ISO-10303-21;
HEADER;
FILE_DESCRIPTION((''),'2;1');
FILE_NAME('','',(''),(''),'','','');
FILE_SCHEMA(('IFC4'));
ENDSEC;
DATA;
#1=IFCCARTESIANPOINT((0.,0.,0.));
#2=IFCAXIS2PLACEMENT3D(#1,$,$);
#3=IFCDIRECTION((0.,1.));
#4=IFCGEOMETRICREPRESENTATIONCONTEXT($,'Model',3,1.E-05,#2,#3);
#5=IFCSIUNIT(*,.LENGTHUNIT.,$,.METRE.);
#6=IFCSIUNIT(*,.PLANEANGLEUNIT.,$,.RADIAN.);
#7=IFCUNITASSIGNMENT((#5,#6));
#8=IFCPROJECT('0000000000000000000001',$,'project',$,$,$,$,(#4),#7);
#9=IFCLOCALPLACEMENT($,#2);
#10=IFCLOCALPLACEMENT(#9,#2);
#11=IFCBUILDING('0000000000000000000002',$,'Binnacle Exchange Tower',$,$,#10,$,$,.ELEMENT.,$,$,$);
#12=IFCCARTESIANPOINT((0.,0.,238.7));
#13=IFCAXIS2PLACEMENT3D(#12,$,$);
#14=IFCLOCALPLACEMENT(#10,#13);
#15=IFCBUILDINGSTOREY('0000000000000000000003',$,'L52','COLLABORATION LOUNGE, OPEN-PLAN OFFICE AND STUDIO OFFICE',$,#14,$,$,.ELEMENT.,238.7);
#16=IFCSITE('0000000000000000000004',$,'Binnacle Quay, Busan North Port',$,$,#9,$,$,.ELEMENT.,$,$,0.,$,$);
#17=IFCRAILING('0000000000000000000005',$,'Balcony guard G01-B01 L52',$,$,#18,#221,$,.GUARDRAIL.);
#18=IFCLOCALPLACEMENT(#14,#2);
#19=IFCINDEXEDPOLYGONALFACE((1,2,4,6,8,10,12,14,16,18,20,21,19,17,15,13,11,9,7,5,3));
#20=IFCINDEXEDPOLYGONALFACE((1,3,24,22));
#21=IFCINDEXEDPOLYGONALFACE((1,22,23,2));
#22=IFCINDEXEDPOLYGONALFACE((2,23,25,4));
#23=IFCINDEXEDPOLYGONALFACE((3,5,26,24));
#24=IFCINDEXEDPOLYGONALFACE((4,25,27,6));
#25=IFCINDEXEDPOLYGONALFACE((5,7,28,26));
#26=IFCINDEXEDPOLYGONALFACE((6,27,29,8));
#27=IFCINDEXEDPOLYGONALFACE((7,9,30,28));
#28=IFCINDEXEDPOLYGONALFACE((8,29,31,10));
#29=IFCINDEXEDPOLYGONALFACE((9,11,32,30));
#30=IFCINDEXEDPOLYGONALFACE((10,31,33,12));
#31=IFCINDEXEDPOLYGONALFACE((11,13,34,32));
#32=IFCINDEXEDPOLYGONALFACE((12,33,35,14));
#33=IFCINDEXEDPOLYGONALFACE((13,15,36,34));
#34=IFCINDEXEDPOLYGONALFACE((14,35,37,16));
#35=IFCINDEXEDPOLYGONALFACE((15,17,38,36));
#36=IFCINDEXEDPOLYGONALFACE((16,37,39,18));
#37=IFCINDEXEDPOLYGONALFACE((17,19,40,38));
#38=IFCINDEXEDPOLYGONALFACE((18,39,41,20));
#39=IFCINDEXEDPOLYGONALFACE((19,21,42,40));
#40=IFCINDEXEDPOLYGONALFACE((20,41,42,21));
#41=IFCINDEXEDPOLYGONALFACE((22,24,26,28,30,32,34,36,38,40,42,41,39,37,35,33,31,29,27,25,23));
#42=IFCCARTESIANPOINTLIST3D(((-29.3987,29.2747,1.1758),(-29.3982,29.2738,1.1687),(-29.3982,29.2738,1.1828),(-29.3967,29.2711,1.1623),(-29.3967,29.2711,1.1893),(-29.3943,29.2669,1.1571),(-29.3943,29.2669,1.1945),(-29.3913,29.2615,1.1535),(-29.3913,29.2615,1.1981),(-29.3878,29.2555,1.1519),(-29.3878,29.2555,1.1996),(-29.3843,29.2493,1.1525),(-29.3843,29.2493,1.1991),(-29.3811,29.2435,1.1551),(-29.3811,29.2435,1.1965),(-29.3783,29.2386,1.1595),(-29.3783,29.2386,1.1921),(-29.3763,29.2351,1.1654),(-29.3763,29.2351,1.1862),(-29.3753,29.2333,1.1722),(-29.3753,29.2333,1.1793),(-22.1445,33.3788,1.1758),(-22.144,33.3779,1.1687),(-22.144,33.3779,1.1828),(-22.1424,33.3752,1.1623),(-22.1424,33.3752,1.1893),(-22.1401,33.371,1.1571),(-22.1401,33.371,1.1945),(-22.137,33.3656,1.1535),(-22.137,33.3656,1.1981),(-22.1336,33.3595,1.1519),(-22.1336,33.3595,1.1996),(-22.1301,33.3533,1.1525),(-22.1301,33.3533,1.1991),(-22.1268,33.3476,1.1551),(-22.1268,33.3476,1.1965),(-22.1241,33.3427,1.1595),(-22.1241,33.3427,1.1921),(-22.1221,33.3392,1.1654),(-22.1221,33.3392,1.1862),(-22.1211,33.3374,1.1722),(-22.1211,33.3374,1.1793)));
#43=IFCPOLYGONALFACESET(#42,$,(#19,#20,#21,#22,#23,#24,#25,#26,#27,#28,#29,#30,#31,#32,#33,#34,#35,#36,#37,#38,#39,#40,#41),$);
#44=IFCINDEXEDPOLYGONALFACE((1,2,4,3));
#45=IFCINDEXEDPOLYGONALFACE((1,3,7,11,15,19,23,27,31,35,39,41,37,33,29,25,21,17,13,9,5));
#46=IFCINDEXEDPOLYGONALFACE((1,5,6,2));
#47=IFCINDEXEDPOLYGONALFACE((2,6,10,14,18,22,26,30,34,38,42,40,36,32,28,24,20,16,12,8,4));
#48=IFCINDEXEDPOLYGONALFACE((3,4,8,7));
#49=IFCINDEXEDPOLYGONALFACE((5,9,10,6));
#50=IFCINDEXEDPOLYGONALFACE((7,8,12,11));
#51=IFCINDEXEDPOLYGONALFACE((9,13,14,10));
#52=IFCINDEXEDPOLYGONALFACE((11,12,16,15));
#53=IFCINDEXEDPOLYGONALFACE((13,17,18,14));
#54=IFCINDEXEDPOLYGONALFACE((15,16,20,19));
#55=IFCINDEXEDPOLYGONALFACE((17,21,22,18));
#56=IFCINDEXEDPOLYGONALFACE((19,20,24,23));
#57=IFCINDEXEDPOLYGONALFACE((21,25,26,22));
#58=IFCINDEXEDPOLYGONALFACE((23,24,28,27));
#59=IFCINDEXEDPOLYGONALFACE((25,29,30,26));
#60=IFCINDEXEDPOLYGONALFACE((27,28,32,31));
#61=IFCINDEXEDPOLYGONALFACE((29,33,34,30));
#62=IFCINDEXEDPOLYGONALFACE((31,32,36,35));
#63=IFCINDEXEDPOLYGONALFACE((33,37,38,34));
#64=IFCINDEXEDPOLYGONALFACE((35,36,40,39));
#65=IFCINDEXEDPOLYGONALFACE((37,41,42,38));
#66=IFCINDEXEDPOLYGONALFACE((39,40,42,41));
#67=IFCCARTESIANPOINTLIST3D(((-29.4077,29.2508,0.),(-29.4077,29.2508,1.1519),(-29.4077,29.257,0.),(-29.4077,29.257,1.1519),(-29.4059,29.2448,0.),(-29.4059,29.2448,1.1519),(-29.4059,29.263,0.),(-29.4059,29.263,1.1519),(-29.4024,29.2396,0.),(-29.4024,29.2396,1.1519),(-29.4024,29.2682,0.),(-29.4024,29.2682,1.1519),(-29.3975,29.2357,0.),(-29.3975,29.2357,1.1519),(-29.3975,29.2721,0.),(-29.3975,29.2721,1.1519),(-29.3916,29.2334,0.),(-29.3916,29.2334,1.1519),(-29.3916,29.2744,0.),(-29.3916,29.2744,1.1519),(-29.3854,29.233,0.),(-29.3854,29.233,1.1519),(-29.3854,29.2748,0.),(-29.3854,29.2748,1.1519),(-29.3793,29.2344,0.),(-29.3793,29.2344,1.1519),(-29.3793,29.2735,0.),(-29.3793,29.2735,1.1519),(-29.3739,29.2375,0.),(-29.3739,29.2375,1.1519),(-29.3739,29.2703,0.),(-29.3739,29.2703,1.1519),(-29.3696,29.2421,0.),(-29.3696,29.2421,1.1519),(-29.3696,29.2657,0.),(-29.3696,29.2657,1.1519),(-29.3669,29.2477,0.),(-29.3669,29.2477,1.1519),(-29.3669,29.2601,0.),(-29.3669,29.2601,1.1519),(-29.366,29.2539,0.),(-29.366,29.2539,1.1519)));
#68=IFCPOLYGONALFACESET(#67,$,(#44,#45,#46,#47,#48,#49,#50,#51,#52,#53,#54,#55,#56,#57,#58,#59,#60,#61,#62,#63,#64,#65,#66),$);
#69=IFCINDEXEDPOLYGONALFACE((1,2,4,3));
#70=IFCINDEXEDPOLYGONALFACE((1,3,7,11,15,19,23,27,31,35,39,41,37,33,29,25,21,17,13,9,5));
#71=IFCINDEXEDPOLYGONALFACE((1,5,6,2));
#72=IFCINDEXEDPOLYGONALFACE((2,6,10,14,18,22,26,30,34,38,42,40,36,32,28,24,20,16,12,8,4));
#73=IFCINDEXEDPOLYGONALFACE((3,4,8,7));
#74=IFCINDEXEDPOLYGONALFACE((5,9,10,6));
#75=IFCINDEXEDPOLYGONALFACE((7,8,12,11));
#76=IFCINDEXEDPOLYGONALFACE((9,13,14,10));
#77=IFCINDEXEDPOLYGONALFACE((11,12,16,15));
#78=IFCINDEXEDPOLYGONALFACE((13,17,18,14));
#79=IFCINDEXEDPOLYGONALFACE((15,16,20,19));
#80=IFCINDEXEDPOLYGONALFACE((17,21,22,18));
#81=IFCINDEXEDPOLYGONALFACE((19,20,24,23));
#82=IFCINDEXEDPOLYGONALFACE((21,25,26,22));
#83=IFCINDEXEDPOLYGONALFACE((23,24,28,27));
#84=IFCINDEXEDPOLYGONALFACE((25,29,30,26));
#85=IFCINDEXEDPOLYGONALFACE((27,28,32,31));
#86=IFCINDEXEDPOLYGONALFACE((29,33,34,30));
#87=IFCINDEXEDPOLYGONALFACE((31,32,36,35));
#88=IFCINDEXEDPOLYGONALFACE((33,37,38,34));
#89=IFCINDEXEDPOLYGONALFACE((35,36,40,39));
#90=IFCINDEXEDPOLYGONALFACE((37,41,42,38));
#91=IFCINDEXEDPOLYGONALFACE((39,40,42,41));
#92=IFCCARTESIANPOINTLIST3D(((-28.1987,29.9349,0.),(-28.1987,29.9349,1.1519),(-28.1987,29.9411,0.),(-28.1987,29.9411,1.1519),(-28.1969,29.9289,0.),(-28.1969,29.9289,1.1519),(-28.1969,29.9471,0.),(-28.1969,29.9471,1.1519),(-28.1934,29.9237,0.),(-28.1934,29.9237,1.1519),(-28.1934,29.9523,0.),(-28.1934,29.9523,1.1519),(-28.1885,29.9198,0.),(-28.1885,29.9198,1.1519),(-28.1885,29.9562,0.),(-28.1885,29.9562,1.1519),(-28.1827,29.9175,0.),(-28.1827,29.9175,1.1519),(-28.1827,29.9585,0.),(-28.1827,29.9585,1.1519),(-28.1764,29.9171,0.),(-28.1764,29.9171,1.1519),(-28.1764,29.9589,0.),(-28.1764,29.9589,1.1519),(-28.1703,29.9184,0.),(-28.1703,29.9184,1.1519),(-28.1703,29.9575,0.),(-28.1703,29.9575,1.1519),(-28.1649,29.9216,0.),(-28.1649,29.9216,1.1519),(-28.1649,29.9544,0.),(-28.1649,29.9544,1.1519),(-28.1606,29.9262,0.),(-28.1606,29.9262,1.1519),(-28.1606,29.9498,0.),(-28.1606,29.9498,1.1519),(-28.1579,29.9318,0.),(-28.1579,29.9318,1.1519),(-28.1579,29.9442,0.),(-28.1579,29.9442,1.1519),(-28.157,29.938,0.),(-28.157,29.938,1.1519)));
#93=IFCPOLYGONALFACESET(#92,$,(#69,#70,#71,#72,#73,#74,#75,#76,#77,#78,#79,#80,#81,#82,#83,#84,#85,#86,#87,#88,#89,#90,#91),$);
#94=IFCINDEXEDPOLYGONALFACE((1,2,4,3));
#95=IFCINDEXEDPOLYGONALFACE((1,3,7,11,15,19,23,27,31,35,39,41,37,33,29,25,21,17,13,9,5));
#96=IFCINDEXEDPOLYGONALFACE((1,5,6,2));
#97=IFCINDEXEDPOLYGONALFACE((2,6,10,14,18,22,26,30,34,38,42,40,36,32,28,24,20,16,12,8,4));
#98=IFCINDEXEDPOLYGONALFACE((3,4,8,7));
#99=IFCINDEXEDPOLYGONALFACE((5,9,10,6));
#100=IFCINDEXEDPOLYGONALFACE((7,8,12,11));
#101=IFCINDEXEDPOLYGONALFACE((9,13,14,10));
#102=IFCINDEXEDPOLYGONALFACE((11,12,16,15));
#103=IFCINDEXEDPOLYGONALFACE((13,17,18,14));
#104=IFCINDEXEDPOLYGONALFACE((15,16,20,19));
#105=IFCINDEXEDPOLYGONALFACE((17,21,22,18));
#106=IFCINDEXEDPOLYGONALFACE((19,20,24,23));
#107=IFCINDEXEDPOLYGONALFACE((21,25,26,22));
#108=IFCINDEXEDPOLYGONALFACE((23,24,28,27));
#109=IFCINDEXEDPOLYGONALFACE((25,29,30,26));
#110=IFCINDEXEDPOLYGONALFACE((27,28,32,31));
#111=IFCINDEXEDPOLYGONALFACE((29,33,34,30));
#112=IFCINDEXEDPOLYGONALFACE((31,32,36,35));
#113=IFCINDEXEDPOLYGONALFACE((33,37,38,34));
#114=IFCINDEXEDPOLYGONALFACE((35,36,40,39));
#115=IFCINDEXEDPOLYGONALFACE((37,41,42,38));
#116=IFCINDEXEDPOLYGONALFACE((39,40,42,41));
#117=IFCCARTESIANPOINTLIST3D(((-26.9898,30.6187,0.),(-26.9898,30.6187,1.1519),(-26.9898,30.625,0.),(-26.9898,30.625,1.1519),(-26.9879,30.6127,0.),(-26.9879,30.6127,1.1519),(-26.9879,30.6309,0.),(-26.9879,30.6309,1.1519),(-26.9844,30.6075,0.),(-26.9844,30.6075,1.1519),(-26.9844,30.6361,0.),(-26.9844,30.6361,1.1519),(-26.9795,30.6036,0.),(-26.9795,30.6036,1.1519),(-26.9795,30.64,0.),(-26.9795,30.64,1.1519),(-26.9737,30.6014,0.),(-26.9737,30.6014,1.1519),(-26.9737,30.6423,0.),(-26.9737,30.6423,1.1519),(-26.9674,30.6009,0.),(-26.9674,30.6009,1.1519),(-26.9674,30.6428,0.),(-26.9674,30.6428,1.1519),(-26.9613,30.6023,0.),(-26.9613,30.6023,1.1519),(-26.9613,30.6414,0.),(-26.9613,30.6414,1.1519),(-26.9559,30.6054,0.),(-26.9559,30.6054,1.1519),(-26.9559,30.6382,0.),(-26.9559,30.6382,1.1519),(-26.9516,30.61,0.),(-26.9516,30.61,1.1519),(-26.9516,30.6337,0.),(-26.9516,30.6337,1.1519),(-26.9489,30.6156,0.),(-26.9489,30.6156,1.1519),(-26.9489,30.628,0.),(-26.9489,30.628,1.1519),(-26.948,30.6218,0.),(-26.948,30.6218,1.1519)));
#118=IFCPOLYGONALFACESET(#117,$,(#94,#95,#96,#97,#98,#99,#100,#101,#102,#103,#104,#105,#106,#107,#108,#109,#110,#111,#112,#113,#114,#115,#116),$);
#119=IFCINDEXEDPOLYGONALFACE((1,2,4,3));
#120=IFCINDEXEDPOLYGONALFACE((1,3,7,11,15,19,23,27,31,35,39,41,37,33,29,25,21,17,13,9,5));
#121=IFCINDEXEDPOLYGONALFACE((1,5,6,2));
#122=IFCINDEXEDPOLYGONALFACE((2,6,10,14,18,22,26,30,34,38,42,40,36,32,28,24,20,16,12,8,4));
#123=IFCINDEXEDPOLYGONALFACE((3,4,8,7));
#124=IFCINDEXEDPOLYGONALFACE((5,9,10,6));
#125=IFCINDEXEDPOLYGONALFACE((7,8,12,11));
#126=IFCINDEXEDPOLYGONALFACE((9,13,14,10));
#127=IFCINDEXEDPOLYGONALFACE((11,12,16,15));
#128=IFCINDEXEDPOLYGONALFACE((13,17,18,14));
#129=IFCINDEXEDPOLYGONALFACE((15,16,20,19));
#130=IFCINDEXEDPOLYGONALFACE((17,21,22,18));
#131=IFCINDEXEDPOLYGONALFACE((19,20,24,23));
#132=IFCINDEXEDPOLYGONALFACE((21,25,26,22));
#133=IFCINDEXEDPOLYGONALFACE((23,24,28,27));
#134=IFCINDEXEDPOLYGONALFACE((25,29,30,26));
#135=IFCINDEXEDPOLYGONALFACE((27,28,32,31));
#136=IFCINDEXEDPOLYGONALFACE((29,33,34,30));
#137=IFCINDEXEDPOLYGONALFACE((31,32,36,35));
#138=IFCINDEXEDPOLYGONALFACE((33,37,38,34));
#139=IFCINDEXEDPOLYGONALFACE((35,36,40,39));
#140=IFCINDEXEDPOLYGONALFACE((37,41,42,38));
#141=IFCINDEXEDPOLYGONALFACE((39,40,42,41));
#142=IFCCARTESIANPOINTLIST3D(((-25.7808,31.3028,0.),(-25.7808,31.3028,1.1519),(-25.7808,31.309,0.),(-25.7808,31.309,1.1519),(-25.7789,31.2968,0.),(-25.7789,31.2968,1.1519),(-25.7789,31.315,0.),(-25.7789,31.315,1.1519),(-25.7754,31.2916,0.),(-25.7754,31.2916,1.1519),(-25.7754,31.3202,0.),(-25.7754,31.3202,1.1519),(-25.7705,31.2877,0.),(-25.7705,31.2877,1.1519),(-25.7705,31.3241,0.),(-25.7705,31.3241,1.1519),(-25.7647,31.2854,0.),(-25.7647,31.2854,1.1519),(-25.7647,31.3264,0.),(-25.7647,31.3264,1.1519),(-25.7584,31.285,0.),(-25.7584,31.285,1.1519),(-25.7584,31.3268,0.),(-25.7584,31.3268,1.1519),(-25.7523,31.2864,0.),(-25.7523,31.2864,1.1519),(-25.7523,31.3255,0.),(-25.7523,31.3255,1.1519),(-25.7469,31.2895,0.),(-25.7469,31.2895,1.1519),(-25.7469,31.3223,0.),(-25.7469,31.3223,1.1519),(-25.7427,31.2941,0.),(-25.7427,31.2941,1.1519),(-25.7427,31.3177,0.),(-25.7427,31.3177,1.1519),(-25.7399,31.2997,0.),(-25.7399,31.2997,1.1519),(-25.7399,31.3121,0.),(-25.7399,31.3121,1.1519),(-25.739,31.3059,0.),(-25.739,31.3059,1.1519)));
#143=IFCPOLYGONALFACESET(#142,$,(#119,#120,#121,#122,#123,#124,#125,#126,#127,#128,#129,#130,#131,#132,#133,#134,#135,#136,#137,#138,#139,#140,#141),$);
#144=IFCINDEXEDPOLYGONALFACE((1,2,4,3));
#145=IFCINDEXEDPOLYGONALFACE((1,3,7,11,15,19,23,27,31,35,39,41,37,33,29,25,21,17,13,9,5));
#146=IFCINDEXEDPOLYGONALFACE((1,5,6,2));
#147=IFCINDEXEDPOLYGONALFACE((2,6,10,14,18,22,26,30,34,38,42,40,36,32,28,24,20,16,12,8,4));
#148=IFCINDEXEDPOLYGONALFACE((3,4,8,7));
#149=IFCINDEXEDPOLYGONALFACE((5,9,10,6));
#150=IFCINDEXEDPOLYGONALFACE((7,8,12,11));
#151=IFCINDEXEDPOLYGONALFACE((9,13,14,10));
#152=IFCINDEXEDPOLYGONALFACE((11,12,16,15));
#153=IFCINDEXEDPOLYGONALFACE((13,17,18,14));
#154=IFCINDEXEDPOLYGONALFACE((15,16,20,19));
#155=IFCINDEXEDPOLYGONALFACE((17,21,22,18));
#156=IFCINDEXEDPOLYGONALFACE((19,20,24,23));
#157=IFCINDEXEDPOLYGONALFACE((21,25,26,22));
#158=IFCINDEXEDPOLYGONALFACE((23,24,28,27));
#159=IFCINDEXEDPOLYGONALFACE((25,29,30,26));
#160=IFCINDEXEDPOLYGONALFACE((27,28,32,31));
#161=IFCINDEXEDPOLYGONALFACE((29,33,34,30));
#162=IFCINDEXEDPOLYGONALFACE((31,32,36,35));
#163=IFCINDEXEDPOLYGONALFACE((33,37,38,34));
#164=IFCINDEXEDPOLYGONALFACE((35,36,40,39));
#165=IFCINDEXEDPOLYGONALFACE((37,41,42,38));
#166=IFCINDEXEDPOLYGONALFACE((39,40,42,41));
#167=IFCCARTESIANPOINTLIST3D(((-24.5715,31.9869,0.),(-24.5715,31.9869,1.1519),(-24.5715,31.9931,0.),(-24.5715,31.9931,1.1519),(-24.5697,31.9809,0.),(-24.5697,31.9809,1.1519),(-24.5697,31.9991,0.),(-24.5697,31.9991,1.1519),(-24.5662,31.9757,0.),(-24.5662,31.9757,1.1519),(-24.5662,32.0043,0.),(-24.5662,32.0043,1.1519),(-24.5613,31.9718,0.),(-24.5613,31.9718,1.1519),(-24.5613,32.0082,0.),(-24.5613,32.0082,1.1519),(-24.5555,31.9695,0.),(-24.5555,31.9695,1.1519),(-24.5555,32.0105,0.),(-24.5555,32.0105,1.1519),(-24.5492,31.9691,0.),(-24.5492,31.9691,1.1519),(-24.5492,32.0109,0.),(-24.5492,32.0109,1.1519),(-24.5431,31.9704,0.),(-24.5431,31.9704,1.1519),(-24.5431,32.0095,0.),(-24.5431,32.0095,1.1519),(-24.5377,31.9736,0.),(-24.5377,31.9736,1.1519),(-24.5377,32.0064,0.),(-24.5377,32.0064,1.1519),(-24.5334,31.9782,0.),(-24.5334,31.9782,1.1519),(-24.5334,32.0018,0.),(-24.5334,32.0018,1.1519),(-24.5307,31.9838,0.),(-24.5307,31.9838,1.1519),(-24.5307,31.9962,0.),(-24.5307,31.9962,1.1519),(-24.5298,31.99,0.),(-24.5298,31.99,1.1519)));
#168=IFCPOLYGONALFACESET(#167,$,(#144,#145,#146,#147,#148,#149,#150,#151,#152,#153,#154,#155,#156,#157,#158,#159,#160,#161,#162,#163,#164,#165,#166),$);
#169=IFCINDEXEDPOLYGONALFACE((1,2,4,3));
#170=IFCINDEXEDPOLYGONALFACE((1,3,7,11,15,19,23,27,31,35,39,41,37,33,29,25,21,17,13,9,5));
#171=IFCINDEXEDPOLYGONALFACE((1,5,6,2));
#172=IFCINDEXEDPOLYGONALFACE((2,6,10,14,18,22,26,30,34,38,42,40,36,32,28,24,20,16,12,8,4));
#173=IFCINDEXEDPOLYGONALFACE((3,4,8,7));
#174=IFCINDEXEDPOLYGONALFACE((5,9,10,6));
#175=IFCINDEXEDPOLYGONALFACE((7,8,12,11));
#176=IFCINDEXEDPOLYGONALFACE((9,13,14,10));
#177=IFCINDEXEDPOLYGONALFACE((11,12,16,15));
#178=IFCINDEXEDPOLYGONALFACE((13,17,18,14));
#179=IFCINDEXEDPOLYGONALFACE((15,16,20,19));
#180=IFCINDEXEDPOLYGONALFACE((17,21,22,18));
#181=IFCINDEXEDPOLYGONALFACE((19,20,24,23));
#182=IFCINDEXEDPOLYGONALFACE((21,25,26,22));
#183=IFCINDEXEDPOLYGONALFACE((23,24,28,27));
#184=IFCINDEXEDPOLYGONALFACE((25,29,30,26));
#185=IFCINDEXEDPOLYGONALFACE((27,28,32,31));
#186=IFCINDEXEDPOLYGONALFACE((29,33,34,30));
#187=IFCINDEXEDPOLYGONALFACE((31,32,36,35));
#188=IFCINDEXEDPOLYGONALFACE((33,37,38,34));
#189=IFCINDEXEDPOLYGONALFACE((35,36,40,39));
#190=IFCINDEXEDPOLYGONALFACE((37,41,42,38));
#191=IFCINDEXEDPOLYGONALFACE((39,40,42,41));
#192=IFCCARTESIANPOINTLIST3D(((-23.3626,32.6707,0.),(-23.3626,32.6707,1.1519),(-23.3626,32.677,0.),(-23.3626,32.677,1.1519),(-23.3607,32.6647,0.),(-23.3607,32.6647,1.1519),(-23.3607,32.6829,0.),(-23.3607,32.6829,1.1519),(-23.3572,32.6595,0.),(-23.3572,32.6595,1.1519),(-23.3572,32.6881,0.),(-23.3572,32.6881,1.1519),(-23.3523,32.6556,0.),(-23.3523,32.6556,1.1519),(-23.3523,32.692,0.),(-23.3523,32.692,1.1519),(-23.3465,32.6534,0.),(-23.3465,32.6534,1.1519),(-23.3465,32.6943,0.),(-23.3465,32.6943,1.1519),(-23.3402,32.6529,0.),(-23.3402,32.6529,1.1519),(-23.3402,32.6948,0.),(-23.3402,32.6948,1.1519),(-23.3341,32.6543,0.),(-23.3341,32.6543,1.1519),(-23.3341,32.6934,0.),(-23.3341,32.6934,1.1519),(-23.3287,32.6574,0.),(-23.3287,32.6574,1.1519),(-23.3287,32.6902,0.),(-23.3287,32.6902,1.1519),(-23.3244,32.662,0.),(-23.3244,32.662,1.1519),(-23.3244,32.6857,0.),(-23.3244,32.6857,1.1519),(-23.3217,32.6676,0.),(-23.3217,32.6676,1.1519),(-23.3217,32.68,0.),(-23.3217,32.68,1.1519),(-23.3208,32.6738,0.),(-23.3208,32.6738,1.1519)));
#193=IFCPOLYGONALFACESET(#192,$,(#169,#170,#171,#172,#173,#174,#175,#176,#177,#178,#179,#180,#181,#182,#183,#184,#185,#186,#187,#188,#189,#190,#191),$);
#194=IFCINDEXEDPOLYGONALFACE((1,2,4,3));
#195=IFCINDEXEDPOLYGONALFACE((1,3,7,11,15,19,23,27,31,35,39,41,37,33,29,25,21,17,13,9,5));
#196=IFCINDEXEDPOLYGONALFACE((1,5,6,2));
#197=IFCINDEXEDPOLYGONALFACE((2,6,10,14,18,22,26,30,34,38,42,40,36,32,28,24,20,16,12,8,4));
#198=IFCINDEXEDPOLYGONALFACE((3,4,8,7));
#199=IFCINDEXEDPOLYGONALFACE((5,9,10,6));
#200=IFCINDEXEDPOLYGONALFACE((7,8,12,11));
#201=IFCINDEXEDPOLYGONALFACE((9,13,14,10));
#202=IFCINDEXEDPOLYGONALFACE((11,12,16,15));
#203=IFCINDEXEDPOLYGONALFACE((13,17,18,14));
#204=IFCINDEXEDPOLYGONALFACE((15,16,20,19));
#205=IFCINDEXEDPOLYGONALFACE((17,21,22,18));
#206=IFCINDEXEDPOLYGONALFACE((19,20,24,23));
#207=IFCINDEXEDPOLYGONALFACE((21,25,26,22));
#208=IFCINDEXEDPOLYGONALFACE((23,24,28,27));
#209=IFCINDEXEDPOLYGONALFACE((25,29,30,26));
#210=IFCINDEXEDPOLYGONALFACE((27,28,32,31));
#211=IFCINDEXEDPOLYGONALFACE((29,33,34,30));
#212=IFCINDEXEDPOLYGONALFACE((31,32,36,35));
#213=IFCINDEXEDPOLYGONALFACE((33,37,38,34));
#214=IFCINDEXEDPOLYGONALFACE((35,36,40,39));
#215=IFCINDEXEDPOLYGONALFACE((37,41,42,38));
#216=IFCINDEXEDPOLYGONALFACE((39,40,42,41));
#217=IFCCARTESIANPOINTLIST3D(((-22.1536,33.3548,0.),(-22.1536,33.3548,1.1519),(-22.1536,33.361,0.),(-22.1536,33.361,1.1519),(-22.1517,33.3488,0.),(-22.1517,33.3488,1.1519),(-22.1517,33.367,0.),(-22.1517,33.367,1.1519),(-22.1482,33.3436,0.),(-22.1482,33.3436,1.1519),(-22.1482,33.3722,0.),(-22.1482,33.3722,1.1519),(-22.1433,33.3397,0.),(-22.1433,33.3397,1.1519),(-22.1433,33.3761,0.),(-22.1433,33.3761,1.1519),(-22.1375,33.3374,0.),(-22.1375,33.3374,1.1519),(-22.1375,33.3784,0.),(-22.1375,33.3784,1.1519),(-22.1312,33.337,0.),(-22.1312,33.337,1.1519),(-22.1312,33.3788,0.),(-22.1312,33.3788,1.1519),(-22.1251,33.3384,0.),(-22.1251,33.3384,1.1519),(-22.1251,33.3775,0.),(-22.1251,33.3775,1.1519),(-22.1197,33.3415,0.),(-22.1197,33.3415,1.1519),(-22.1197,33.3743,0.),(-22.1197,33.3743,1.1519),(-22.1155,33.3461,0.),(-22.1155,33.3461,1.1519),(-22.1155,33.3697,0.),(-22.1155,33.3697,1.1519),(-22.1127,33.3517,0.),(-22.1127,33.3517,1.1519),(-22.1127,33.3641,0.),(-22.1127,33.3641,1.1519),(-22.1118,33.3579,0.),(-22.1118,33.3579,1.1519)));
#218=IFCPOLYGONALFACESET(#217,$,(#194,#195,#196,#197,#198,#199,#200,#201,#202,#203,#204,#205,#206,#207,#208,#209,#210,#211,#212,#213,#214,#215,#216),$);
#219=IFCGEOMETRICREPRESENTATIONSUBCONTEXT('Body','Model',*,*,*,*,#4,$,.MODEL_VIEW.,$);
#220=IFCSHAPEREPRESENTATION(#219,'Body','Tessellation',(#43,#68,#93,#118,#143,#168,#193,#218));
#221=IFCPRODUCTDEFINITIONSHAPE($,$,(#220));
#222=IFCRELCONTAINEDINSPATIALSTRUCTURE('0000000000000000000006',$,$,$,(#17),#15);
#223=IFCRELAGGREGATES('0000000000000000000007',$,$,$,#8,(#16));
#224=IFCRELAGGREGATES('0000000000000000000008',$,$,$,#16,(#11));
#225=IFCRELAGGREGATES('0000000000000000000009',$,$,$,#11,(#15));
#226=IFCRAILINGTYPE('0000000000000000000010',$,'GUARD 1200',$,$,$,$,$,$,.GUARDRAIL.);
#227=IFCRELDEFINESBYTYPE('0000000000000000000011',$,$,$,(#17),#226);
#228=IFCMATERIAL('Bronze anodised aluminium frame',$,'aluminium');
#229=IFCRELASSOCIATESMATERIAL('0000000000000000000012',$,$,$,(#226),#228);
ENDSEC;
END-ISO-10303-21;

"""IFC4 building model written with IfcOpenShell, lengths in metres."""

from ifc_helpers import new_model, si_unit, direction, frame, origin, origin_2d, place, context, subcontext, project, spatial, circle, extrude, material, type_object, element, save


model = new_model("IFC4")

# Units and contexts
model_context = context("Model", 3, precision=1e-05, world=origin(), true_north=direction((0.0, 1.0)))
body_context = subcontext(model_context, "Body", "Model", "MODEL_VIEW")
ifc_project = project(units=[si_unit("LENGTHUNIT", "METRE"), si_unit("PLANEANGLEUNIT", "RADIAN")], contexts=[model_context])

# Site, building, storey
site_placement = place(None, origin())
site = spatial("IfcSite", under=ifc_project, at=site_placement, Name="Binnacle Quay, Busan North Port", CompositionType="ELEMENT", RefElevation=0.0)
building_placement = place(site_placement, origin())
building = spatial("IfcBuilding", under=site, at=building_placement, Name="Binnacle Exchange Tower", CompositionType="ELEMENT")
storey_placement = place(building_placement, frame((0.0, 0.0, 238.7)))
storey = spatial("IfcBuildingStorey", under=building, at=storey_placement, Name="L52", Description="COLLABORATION LOUNGE, OPEN-PLAN OFFICE AND STUDIO OFFICE", CompositionType="ELEMENT", Elevation=238.7)

# Railing
ifc_material_1 = material(Name="Bronze anodised aluminium frame", Category="aluminium")
railing_type_1 = type_object("IfcRailingType", Name="GUARD 1200", PredefinedType="GUARDRAIL", material=ifc_material_1)
railing_1_placement = place(storey_placement, frame((-29.387, 29.2539, 0.0)))
element("IfcRailing", 1, at=railing_1_placement, inside=storey, type_object=railing_type_1, Name="Balcony guard G01-B01 L52", PredefinedType="GUARDRAIL", context=body_context, shape_type="SweptSolid", body=[
    extrude(circle(Radius=0.0239, at=origin_2d()), frame((0.0, 0.0, 1.1758), z_axis=(0.870366, 0.492406, 0.0), x_axis=(-0.492406, 0.870366, 0.0)), (0.0, 0.0, 1.0), 8.3347),
    extrude(circle(Radius=0.021, at=origin_2d()), origin(), (0.0, 0.0, 1.0), 1.1519),
    extrude(circle(Radius=0.021, at=origin_2d()), frame((1.209, 0.6841, 0.0)), (0.0, 0.0, 1.0), 1.1519),
    extrude(circle(Radius=0.021, at=origin_2d()), frame((2.418, 1.3679, 0.0)), (0.0, 0.0, 1.0), 1.1519),
    extrude(circle(Radius=0.021, at=origin_2d()), frame((3.627, 2.052, 0.0)), (0.0, 0.0, 1.0), 1.1519),
    extrude(circle(Radius=0.021, at=origin_2d()), frame((4.8362, 2.7361, 0.0)), (0.0, 0.0, 1.0), 1.1519),
    extrude(circle(Radius=0.021, at=origin_2d()), frame((6.0452, 3.4199, 0.0)), (0.0, 0.0, 1.0), 1.1519),
    extrude(circle(Radius=0.021, at=origin_2d()), frame((7.2542, 4.104, 0.0)), (0.0, 0.0, 1.0), 1.1519),
])

save(model, "model.ifc")
